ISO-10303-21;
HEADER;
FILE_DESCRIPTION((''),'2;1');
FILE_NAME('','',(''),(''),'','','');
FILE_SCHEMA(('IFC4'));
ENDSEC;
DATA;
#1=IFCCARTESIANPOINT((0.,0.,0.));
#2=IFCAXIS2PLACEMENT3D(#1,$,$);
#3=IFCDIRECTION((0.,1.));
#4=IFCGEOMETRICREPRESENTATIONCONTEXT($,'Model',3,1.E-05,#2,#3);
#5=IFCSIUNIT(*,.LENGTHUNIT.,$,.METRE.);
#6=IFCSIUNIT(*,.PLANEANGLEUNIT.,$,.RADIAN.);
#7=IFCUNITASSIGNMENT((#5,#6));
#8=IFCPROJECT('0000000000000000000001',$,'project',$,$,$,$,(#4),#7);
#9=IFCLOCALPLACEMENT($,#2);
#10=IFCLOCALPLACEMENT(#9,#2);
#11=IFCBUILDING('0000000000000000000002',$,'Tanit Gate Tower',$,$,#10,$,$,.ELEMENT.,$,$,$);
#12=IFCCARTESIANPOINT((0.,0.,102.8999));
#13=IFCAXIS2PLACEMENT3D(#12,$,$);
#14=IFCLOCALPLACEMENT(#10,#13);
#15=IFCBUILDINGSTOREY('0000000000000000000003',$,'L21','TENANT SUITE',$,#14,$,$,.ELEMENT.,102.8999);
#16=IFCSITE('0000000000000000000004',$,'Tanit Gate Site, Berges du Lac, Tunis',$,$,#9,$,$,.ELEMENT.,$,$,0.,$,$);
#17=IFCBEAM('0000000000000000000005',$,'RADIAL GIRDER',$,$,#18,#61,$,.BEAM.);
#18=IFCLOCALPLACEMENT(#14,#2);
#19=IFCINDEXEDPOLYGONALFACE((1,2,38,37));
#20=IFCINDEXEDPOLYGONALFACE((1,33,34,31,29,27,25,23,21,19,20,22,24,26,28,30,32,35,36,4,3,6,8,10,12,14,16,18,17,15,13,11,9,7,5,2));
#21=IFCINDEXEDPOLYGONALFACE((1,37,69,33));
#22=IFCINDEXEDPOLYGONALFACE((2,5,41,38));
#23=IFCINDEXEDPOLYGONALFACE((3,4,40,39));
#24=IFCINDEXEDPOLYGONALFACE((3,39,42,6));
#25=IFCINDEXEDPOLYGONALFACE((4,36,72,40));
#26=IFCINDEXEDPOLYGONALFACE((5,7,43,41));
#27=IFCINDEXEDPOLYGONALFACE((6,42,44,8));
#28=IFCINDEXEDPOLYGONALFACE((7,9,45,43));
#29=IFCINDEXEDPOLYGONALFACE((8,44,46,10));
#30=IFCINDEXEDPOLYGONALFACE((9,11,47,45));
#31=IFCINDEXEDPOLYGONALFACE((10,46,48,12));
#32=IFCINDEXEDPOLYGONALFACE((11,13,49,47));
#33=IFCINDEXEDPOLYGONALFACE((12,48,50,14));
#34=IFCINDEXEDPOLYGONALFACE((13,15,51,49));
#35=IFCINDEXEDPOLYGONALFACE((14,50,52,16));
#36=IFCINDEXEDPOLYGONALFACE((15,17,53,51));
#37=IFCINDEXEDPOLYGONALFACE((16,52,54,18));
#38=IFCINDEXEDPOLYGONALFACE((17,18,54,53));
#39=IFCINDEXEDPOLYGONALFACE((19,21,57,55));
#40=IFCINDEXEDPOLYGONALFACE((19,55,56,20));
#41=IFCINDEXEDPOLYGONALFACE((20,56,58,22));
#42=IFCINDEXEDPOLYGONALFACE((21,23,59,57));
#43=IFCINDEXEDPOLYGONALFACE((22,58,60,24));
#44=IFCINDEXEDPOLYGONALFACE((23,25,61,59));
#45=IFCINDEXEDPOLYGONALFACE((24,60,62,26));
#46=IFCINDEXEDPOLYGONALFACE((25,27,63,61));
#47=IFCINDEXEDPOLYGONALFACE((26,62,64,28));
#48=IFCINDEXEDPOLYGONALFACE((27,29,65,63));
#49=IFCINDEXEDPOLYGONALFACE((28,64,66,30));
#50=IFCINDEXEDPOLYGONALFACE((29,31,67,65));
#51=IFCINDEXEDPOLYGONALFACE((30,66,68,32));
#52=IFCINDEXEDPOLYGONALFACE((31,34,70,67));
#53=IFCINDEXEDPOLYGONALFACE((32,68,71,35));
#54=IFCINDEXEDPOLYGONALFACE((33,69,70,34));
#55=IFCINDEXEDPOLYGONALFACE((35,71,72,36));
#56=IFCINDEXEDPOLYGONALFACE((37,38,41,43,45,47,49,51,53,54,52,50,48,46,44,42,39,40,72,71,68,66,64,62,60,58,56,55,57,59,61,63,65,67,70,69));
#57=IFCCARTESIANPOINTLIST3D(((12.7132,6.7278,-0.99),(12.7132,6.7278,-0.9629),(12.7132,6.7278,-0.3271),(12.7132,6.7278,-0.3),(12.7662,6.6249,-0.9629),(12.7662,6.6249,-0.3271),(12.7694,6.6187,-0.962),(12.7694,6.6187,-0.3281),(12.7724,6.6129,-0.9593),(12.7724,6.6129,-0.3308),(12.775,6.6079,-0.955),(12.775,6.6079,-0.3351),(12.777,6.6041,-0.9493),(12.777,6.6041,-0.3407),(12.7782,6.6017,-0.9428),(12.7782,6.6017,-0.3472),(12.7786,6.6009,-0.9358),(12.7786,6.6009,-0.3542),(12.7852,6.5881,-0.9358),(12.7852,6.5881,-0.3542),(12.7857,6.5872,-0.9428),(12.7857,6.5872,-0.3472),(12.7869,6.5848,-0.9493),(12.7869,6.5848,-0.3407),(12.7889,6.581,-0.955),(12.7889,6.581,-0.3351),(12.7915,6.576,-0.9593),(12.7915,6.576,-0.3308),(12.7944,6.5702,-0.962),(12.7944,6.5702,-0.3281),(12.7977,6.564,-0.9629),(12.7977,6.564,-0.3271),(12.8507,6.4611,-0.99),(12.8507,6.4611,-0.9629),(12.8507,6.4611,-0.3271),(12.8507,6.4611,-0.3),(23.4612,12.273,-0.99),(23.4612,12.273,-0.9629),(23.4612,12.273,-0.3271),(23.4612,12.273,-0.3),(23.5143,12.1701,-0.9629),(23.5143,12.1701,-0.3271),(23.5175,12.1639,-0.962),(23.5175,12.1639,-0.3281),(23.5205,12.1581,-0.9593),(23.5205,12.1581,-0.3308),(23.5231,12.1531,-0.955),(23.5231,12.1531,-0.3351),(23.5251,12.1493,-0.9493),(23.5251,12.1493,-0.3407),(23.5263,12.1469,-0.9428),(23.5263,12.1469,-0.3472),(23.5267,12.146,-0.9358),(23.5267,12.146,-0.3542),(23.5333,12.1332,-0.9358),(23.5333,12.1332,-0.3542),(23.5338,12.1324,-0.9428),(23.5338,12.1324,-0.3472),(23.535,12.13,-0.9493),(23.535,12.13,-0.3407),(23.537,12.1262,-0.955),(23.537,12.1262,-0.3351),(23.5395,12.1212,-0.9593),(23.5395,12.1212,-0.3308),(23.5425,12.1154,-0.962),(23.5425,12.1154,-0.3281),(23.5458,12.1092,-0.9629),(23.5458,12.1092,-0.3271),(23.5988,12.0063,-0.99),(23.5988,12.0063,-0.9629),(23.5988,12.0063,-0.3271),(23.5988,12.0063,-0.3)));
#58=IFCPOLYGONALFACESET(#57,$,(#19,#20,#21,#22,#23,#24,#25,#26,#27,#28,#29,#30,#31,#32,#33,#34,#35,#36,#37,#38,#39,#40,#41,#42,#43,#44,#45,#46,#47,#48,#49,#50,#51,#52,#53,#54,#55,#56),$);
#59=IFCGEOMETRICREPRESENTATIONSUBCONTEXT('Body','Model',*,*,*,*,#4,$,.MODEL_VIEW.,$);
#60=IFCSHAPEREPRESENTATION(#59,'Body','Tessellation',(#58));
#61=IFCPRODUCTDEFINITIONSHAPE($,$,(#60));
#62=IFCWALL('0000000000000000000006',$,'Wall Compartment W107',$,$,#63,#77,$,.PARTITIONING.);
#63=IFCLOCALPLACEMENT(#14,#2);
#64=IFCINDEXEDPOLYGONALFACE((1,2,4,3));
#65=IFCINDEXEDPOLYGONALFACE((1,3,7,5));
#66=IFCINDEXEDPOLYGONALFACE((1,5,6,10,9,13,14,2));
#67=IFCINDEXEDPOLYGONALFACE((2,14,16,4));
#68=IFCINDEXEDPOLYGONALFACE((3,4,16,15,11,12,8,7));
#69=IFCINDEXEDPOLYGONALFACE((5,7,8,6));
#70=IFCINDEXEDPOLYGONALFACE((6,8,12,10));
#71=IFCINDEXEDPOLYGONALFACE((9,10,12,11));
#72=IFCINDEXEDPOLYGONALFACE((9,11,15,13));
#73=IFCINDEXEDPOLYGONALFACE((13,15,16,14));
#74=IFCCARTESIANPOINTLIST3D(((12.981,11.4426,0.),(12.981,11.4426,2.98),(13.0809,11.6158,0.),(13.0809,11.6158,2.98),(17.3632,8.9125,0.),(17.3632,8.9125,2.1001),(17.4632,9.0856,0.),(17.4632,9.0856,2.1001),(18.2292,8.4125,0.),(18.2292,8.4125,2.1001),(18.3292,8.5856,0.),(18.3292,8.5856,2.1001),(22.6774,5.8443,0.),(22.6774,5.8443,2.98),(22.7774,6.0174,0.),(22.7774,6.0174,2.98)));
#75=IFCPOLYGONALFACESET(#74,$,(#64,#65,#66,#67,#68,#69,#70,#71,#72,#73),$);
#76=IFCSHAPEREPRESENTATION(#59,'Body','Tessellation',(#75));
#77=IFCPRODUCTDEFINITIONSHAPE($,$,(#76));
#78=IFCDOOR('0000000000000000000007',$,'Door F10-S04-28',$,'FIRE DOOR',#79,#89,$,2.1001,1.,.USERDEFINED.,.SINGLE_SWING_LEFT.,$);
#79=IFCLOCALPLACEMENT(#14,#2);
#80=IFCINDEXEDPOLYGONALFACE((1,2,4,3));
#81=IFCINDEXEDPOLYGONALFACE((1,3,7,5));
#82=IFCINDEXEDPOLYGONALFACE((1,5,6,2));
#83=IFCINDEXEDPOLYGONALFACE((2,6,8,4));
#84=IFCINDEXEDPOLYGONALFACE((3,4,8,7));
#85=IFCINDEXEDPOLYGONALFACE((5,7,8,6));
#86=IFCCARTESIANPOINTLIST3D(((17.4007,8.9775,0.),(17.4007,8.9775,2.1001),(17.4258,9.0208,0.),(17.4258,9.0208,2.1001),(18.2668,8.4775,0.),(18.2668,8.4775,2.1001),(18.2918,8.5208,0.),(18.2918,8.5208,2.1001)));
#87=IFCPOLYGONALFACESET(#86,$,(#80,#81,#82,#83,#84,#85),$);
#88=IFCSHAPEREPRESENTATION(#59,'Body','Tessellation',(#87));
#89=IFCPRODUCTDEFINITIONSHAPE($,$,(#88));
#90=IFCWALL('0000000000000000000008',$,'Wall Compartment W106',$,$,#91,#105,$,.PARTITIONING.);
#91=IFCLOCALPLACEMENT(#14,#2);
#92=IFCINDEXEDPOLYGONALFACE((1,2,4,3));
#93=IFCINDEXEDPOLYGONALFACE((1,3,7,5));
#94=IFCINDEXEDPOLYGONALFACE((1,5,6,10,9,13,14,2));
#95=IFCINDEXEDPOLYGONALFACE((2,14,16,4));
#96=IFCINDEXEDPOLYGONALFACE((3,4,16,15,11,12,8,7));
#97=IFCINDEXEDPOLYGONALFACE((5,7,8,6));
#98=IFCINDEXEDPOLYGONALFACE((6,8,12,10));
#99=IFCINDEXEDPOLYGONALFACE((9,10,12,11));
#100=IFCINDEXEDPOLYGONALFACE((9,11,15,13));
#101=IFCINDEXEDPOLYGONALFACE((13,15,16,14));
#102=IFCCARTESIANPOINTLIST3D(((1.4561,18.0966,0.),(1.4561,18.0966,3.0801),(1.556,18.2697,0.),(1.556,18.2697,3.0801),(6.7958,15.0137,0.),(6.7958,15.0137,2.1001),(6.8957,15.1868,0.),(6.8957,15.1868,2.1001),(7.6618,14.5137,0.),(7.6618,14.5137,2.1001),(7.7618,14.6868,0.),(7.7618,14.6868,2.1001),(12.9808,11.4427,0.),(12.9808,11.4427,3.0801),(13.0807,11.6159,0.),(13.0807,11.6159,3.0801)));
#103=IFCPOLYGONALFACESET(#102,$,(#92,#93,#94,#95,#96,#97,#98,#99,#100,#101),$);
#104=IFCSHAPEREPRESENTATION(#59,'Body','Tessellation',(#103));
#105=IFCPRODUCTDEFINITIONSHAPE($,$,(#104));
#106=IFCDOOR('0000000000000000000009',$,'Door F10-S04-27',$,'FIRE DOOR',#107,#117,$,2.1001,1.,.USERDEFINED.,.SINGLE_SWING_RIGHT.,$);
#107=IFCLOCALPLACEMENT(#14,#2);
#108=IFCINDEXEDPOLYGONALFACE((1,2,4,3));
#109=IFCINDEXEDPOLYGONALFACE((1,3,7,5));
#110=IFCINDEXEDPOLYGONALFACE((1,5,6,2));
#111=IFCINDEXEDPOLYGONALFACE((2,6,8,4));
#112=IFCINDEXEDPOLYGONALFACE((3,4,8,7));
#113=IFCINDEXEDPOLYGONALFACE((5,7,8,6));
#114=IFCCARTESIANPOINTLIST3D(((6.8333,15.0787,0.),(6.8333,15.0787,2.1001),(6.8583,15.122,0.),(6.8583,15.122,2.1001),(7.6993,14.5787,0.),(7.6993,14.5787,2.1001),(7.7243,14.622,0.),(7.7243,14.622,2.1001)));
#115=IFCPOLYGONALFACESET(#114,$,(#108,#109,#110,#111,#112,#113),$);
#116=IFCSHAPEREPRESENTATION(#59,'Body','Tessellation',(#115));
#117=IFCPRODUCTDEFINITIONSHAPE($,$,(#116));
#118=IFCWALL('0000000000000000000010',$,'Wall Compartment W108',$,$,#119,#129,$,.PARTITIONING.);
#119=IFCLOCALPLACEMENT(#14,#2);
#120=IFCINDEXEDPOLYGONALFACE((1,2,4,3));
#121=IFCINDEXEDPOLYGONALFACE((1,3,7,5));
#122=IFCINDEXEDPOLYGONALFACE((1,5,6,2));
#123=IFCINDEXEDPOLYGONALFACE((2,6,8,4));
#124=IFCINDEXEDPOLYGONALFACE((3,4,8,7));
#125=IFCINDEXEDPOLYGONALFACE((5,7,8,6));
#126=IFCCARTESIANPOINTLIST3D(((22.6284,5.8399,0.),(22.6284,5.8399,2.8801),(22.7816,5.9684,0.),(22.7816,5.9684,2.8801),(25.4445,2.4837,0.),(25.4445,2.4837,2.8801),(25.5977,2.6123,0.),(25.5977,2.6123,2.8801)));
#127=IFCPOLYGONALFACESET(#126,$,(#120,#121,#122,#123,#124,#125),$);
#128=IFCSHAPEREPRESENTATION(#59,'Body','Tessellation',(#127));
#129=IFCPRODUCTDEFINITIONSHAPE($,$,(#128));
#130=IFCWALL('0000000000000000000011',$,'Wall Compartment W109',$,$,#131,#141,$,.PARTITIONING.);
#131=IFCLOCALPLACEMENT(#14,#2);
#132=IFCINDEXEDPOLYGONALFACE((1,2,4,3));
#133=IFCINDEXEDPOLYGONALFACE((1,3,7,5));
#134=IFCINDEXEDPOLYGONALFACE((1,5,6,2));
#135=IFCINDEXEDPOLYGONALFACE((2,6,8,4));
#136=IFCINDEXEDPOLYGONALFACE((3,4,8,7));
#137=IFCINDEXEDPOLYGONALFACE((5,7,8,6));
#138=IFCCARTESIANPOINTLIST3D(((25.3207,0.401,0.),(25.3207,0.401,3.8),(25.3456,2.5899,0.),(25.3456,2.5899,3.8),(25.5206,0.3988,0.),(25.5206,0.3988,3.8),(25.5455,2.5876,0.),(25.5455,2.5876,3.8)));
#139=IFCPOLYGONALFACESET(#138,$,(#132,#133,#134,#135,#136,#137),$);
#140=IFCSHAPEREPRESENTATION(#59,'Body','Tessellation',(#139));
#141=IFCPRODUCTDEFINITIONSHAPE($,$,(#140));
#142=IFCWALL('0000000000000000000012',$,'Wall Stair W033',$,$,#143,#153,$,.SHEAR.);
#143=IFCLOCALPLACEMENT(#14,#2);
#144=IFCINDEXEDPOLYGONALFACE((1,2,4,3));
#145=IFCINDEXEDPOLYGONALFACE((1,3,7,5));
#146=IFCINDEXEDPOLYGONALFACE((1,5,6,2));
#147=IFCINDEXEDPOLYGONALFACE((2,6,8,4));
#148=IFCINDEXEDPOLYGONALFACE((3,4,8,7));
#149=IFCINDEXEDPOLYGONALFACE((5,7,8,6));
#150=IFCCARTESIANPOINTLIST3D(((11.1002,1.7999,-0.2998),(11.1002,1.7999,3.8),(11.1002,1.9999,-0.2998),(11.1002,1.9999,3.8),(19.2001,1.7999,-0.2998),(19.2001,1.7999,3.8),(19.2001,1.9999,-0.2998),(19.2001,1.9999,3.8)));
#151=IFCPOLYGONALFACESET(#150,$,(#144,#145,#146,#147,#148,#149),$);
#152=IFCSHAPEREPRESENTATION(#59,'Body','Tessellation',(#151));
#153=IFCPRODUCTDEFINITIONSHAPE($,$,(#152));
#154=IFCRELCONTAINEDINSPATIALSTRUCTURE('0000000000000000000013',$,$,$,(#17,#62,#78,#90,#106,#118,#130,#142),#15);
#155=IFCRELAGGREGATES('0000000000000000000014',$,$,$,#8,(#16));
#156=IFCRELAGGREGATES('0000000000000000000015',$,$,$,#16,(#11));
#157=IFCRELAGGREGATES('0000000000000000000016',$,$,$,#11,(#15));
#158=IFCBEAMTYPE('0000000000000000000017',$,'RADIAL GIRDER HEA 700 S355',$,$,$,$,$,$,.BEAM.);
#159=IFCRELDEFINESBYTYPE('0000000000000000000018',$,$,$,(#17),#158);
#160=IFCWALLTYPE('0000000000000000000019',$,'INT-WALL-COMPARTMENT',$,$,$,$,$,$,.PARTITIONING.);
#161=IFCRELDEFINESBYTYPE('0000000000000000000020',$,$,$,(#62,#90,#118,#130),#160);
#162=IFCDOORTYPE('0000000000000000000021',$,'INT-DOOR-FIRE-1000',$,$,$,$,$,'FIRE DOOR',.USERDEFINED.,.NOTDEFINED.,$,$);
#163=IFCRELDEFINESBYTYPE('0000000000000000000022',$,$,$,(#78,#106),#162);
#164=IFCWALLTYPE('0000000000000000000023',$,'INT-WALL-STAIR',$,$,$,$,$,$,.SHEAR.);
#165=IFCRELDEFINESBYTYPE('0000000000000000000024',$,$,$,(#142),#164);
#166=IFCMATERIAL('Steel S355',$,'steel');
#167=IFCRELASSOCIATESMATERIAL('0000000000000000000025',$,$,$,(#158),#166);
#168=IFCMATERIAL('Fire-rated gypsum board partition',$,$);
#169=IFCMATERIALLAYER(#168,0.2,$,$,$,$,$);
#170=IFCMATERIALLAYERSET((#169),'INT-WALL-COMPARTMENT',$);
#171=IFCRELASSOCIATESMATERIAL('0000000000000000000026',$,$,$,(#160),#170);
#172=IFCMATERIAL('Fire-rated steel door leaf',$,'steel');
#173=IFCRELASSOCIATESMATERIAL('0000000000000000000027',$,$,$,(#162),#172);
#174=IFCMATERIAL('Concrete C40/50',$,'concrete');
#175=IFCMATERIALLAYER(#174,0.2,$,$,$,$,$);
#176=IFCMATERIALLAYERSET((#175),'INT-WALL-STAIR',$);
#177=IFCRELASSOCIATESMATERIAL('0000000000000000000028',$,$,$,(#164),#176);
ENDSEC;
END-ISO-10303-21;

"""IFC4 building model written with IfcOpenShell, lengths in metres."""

from ifc_helpers import new_model, si_unit, direction, frame, frame_2d, origin, origin_2d, place, context, subcontext, project, spatial, rectangle, i_section, extrude, material, layer, layer_set, material_profile, profile_set, type_object, element, fill, save


model = new_model("IFC4")

# Units and contexts
model_context = context("Model", 3, precision=1e-05, world=origin(), true_north=direction((0.0, 1.0)))
body_context = subcontext(model_context, "Body", "Model", "MODEL_VIEW")
ifc_project = project(units=[si_unit("LENGTHUNIT", "METRE"), si_unit("PLANEANGLEUNIT", "RADIAN")], contexts=[model_context])

# Site, building, storey
site_placement = place(None, origin())
site = spatial("IfcSite", under=ifc_project, at=site_placement, Name="Tanit Gate Site, Berges du Lac, Tunis", CompositionType="ELEMENT", RefElevation=0.0)
building_placement = place(site_placement, origin())
building = spatial("IfcBuilding", under=site, at=building_placement, Name="Tanit Gate Tower", CompositionType="ELEMENT")
storey_placement = place(building_placement, frame((0.0, 0.0, 102.8999)))
storey = spatial("IfcBuildingStorey", under=building, at=storey_placement, Name="L21", Description="TENANT SUITE", CompositionType="ELEMENT", Elevation=102.8999)

# Beam
ifc_material_1 = material(Name="Steel S355", Category="steel")
ifc_material_profile = material_profile(ifc_material_1, i_section(OverallWidth=0.3, OverallDepth=0.6899, WebThickness=0.0144, FlangeThickness=0.0271, FilletRadius=0.0271, at=origin_2d()), Name="HEA 700")
ifc_profile_set = profile_set([ifc_material_profile], Name="Steel S355")
beam_type = type_object("IfcBeamType", Name="RADIAL GIRDER HEA 700 S355", PredefinedType="BEAM", material=ifc_profile_set)
beam_placement = place(storey_placement, frame((23.53, 12.1396, -0.645), z_axis=(-0.888695, -0.458498, 0.0), x_axis=(0.458498, -0.888695, 0.0)))
element("IfcBeam", 1, at=beam_placement, inside=storey, type_object=beam_type, Name="RADIAL GIRDER", PredefinedType="BEAM", context=body_context, shape_type="SweptSolid", body=[
    extrude(i_section(OverallWidth=0.3, OverallDepth=0.6899, WebThickness=0.0144, FlangeThickness=0.0271, FilletRadius=0.0271, at=origin_2d()), origin(), (0.0, 0.0, 1.0), 12.0942),
])

# Walls, openings, doors
ifc_material_2 = material(Name="Fire-rated gypsum board partition")
ifc_layer_1 = layer(ifc_material_2, 0.2)
ifc_layer_set_1 = layer_set([ifc_layer_1], Name="INT-WALL-COMPARTMENT")
wall_type_1 = type_object("IfcWallType", Name="INT-WALL-COMPARTMENT", PredefinedType="PARTITIONING", material=ifc_layer_set_1)
wall_1_placement = place(storey_placement, frame((22.7273, 5.9309, 0.0), z_axis=(0.0, 0.0, 1.0), x_axis=(-0.866022, 0.500006, 0.0)))
wall_1 = element("IfcWall", 2, at=wall_1_placement, inside=storey, type_object=wall_type_1, Name="Wall Compartment W107", PredefinedType="PARTITIONING", context=body_context, shape_type="SweptSolid", body=[
    extrude(rectangle(XDim=11.1965, YDim=0.2, at=frame_2d((5.5981, 0.0))), origin(), (0.0, 0.0, 1.0), 2.98),
])
opening_1_placement = place(wall_1_placement, frame((5.1362, 0.0, 0.0)))
opening_1 = element("IfcOpeningElement", 3, at=opening_1_placement, cuts=wall_1, PredefinedType="OPENING", context=body_context, shape_type="SweptSolid", body=[
    extrude(rectangle(XDim=1.0, YDim=2.1001, at=frame_2d((0.5, 1.05))), frame((0.0, 0.1099, 0.0), z_axis=(0.0, -1.0, 0.0), x_axis=(1.0, 0.0, 0.0)), (0.0, 0.0, 1.0), 0.22),
])
ifc_material_3 = material(Name="Fire-rated steel door leaf", Category="steel")
door_type_1 = type_object("IfcDoorType", Name="INT-DOOR-FIRE-1000", ElementType="FIRE DOOR", OperationType="NOTDEFINED", PredefinedType="USERDEFINED", material=ifc_material_3)
door_1_placement = place(opening_1_placement, origin())
door_1 = element("IfcDoor", 4, at=door_1_placement, inside=storey, type_object=door_type_1, Name="Door F10-S04-28", ObjectType="FIRE DOOR", OperationType="SINGLE_SWING_LEFT", OverallHeight=2.1001, OverallWidth=1.0, PredefinedType="USERDEFINED", context=body_context, shape_type="SweptSolid", body=[
    extrude(rectangle(XDim=1.0, YDim=2.1001, at=frame_2d((0.5, 1.05))), frame((0.0, 0.0249, 0.0), z_axis=(0.0, -1.0, 0.0), x_axis=(1.0, 0.0, 0.0)), (0.0, 0.0, 1.0), 0.05),
])
fill(opening_1, door_1)
wall_2_placement = place(storey_placement, frame((13.0308, 11.5293, 0.0), z_axis=(0.0, 0.0, 1.0), x_axis=(-0.866024, 0.500002, 0.0)))
wall_2 = element("IfcWall", 5, at=wall_2_placement, inside=storey, type_object=wall_type_1, Name="Wall Compartment W106", PredefinedType="PARTITIONING", context=body_context, shape_type="SweptSolid", body=[
    extrude(rectangle(XDim=13.3076, YDim=0.2, at=frame_2d((6.6538, 0.0))), origin(), (0.0, 0.0, 1.0), 3.0801),
])
opening_2_placement = place(wall_2_placement, frame((6.1418, 0.0, 0.0)))
opening_2 = element("IfcOpeningElement", 6, at=opening_2_placement, cuts=wall_2, PredefinedType="OPENING", context=body_context, shape_type="SweptSolid", body=[
    extrude(rectangle(XDim=1.0, YDim=2.1001, at=frame_2d((0.5, 1.05))), frame((0.0, 0.1099, 0.0), z_axis=(0.0, -1.0, 0.0), x_axis=(1.0, 0.0, 0.0)), (0.0, 0.0, 1.0), 0.22),
])
door_2_placement = place(opening_2_placement, origin())
door_2 = element("IfcDoor", 7, at=door_2_placement, inside=storey, type_object=door_type_1, Name="Door F10-S04-27", ObjectType="FIRE DOOR", OperationType="SINGLE_SWING_RIGHT", OverallHeight=2.1001, OverallWidth=1.0, PredefinedType="USERDEFINED", context=body_context, shape_type="SweptSolid", body=[
    extrude(rectangle(XDim=1.0, YDim=2.1001, at=frame_2d((0.5, 1.05))), frame((0.0, 0.0249, 0.0), z_axis=(0.0, -1.0, 0.0), x_axis=(1.0, 0.0, 0.0)), (0.0, 0.0, 1.0), 0.05),
])
fill(opening_2, door_2)

# Walls
wall_3_placement = place(storey_placement, frame((25.521, 2.5481, 0.0), z_axis=(0.0, 0.0, 1.0), x_axis=(-0.642784, 0.766047, 0.0)))
element("IfcWall", 8, at=wall_3_placement, inside=storey, type_object=wall_type_1, Name="Wall Compartment W108", PredefinedType="PARTITIONING", context=body_context, shape_type="SweptSolid", body=[
    extrude(rectangle(XDim=4.3811, YDim=0.2, at=frame_2d((2.1904, 0.0))), origin(), (0.0, 0.0, 1.0), 2.8801),
])
wall_4_placement = place(storey_placement, frame((25.4207, 0.3999, 0.0), z_axis=(0.0, 0.0, 1.0), x_axis=(0.011377, 0.999935, 0.0)))
element("IfcWall", 9, at=wall_4_placement, inside=storey, type_object=wall_type_1, Name="Wall Compartment W109", PredefinedType="PARTITIONING", context=body_context, shape_type="SweptSolid", body=[
    extrude(rectangle(XDim=2.189, YDim=0.2, at=frame_2d((1.0945, 0.0))), origin(), (0.0, 0.0, 1.0), 3.8),
])
ifc_material_4 = material(Name="Concrete C40/50", Category="concrete")
ifc_layer_2 = layer(ifc_material_4, 0.2)
ifc_layer_set_2 = layer_set([ifc_layer_2], Name="INT-WALL-STAIR")
wall_type_2 = type_object("IfcWallType", Name="INT-WALL-STAIR", PredefinedType="SHEAR", material=ifc_layer_set_2)
wall_5_placement = place(storey_placement, frame((19.2, 1.8999, -0.2998), z_axis=(0.0, 0.0, 1.0), x_axis=(-1.0, 0.0, 0.0)))
element("IfcWall", 10, at=wall_5_placement, inside=storey, type_object=wall_type_2, Name="Wall Stair W033", PredefinedType="SHEAR", context=body_context, shape_type="SweptSolid", body=[
    extrude(rectangle(XDim=8.0999, YDim=0.2, at=frame_2d((4.0498, 0.0))), origin(), (0.0, 0.0, 1.0), 4.0999),
])

save(model, "model.ifc")
